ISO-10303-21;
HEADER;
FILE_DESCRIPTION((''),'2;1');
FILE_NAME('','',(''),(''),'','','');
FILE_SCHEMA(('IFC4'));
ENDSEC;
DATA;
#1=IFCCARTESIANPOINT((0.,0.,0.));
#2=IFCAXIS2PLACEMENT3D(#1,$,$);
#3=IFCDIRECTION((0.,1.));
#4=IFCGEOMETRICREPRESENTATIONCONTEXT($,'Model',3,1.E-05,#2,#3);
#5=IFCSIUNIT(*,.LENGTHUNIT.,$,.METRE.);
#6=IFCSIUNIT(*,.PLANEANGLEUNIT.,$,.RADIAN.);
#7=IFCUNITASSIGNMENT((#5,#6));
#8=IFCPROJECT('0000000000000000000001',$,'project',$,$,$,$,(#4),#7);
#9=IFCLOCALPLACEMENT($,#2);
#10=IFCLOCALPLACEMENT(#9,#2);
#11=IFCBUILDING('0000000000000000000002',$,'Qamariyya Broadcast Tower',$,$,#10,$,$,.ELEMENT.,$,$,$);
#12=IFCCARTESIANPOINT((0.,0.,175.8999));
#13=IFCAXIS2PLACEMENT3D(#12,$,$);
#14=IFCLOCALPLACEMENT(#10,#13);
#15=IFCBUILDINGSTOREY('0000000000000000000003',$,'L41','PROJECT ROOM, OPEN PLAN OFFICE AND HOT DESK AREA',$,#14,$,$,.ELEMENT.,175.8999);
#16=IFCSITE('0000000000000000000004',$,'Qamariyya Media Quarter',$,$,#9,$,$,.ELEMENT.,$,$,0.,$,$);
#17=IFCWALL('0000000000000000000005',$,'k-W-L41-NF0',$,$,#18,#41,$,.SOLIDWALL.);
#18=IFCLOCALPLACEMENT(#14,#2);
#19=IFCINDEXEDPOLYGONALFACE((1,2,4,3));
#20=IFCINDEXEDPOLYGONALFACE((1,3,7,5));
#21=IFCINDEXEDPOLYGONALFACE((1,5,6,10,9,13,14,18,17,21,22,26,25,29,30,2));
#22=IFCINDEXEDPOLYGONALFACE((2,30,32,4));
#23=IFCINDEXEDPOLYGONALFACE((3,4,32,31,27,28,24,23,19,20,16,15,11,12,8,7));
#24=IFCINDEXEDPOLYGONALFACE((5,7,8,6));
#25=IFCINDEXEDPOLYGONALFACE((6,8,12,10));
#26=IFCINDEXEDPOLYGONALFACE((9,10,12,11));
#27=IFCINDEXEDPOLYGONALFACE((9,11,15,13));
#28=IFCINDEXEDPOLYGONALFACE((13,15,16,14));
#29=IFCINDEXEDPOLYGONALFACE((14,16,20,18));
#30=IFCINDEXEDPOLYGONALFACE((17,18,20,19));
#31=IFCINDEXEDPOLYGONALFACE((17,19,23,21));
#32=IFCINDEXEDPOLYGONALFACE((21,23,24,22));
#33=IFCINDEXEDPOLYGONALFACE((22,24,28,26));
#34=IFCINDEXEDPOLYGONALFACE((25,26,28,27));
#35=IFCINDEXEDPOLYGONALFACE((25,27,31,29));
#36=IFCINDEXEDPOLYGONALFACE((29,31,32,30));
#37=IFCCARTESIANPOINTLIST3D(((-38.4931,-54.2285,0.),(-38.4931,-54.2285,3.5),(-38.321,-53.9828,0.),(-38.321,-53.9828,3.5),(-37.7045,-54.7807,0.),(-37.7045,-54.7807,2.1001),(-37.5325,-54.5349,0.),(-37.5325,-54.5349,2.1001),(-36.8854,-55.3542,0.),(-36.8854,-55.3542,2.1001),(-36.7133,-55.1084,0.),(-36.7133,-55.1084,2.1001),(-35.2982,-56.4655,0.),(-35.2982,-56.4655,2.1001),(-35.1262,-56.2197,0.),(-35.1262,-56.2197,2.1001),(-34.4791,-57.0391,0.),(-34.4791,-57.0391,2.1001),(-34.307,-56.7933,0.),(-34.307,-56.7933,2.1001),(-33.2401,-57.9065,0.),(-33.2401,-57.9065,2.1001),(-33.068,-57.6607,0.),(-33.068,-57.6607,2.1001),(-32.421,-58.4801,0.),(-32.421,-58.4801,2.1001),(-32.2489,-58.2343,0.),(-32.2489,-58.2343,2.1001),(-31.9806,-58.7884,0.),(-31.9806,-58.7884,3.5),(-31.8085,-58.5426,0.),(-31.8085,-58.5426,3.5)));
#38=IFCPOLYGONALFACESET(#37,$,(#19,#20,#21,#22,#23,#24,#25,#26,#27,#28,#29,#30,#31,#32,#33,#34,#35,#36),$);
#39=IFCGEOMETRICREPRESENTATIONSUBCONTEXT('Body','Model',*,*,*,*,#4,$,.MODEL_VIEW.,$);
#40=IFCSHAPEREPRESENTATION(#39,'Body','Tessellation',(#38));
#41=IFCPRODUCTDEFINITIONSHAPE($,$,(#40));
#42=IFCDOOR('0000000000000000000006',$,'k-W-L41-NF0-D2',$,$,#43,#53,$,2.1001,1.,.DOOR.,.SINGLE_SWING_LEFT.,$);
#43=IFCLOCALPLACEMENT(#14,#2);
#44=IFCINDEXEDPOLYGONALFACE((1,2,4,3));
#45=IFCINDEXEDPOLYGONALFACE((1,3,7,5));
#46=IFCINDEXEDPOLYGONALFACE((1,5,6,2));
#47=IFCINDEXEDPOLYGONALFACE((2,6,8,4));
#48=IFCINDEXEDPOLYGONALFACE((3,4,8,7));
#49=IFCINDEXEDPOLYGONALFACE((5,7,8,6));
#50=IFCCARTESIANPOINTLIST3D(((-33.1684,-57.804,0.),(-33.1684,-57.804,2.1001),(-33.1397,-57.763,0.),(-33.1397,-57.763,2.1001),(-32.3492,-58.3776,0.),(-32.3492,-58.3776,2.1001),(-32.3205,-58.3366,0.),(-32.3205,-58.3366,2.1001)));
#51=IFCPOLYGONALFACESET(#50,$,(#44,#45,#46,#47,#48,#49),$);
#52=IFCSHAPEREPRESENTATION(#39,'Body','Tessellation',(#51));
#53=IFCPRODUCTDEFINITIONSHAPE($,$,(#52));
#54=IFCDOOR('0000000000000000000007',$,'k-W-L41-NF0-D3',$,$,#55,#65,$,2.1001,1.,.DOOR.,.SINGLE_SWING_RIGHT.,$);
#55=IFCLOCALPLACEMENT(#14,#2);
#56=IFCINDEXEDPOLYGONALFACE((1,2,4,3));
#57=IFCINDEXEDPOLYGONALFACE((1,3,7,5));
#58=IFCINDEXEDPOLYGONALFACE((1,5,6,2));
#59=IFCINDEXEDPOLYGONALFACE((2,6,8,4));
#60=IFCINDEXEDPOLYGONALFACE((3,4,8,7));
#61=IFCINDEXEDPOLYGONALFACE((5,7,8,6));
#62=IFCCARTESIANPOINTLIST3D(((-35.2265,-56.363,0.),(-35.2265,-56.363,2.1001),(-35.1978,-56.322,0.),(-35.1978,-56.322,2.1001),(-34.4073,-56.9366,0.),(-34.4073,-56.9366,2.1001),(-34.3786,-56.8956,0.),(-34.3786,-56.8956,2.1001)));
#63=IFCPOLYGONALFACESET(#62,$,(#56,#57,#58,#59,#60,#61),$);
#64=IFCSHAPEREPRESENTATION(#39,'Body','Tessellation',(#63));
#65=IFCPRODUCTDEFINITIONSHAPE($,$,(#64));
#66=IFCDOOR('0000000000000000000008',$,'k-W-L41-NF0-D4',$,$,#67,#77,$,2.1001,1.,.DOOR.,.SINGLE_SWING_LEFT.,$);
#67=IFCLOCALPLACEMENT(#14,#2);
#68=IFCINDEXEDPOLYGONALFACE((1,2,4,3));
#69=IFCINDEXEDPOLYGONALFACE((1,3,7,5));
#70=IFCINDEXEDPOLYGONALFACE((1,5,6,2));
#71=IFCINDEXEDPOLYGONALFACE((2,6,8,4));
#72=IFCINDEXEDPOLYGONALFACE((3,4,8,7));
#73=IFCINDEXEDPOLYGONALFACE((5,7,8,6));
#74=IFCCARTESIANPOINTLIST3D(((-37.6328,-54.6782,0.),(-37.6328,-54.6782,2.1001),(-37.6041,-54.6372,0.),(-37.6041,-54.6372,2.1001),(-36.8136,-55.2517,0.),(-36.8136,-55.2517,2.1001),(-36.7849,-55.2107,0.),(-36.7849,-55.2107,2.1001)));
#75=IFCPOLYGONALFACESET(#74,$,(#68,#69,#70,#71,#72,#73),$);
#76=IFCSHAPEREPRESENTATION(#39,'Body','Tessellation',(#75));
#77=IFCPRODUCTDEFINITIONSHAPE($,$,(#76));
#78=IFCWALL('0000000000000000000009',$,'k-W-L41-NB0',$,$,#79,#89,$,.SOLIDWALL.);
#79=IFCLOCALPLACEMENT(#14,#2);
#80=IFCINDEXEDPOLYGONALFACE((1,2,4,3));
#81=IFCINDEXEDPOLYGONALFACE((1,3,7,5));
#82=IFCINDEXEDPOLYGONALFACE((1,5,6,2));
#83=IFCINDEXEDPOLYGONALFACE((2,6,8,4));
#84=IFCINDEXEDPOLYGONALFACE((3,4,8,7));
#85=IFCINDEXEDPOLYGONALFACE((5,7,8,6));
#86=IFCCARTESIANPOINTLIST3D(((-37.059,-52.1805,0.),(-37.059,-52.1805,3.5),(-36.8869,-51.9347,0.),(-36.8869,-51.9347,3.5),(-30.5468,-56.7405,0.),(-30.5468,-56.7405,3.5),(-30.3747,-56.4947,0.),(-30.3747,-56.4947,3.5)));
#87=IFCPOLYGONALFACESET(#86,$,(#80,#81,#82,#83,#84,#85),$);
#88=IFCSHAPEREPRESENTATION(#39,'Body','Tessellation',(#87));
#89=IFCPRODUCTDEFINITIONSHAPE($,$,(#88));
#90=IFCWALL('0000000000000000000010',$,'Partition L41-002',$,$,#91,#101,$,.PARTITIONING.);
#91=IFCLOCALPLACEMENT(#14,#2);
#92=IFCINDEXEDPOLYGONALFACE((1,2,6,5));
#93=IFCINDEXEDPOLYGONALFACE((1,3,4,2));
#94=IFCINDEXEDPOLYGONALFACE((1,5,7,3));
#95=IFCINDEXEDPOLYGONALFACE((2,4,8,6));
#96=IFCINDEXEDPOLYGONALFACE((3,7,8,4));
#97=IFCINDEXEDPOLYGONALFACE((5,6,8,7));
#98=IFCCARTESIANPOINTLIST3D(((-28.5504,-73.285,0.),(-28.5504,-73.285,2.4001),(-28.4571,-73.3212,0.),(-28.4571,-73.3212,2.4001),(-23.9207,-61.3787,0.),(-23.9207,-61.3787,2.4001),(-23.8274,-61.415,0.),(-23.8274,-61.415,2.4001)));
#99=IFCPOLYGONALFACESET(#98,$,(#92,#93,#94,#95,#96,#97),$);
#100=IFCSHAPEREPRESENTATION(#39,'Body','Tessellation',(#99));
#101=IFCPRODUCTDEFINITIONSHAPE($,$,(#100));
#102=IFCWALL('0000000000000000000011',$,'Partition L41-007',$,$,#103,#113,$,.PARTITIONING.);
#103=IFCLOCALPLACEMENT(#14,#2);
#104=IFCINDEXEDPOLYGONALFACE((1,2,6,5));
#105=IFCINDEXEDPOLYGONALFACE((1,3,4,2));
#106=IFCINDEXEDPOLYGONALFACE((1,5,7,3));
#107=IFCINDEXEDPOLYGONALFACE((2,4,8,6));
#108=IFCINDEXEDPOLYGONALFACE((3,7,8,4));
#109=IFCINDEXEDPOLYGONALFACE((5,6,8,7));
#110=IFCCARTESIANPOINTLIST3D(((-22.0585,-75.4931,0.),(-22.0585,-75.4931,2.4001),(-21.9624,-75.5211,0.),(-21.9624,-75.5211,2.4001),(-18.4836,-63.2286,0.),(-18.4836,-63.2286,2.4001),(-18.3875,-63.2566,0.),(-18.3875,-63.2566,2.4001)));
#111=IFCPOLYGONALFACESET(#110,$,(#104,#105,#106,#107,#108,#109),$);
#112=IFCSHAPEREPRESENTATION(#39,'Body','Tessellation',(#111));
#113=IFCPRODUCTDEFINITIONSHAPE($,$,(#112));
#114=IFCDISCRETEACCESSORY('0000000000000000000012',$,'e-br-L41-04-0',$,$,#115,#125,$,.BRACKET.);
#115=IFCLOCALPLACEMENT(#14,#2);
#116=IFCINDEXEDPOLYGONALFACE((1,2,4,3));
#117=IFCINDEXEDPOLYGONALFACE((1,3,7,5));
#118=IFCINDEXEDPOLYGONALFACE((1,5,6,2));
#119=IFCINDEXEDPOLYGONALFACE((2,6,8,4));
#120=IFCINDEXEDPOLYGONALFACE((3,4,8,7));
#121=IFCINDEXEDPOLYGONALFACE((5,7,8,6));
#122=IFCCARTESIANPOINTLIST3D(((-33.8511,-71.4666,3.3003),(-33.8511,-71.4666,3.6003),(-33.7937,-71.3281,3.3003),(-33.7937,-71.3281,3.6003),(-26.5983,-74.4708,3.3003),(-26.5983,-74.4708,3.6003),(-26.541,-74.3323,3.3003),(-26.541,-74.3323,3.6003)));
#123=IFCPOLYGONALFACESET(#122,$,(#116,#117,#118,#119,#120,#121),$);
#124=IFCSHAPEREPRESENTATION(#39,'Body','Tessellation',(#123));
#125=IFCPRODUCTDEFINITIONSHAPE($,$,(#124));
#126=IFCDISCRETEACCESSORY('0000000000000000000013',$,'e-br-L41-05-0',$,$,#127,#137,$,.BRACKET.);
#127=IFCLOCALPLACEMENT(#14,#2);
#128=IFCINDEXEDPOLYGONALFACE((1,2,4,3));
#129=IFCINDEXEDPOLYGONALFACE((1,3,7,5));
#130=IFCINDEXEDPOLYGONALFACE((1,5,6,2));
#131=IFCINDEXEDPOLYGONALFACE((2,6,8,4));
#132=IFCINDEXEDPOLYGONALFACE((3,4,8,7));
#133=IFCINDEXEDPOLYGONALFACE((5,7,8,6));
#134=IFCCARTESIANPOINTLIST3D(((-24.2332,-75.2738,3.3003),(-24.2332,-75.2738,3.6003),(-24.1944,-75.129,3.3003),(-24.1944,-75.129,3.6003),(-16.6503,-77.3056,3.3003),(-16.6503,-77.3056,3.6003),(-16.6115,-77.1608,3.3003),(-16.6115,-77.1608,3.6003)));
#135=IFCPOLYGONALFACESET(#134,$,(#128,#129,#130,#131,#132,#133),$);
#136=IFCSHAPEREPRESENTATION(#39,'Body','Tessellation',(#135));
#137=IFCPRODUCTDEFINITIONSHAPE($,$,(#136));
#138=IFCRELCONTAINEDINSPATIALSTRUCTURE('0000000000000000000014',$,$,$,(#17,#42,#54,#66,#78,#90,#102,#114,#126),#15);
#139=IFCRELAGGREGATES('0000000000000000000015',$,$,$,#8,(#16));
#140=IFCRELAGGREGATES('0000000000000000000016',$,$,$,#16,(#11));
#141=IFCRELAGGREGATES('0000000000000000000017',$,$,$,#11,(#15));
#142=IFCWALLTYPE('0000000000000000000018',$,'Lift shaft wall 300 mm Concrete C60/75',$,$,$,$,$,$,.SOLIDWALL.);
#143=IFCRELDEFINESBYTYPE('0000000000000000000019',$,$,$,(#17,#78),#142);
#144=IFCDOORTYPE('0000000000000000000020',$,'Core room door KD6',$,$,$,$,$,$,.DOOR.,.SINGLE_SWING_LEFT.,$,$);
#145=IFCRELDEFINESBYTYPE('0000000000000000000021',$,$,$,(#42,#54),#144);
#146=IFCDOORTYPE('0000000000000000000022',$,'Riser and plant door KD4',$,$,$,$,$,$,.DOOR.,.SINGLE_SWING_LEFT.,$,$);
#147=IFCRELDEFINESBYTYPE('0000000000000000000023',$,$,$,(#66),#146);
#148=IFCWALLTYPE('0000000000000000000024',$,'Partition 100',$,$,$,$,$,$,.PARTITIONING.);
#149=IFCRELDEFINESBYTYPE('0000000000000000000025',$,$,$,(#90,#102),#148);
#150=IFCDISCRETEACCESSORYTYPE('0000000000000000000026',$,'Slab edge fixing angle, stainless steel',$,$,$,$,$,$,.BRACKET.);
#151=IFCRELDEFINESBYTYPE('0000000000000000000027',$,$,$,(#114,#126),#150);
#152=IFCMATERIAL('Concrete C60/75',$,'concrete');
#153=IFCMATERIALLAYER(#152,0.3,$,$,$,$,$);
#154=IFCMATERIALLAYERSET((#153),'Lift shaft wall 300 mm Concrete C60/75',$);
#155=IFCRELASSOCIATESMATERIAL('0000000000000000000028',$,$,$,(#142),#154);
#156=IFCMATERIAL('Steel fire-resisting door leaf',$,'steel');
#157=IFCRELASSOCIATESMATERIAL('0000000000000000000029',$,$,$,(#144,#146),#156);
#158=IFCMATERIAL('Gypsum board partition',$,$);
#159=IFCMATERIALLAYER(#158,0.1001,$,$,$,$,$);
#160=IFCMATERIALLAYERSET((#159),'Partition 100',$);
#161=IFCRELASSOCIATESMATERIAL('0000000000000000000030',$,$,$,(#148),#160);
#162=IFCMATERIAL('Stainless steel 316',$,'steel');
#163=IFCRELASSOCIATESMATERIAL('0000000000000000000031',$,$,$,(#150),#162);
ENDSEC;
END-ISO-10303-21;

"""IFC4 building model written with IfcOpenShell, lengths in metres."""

from ifc_helpers import new_model, si_unit, direction, frame, frame_2d, origin, origin_2d, place, context, subcontext, project, spatial, rectangle, extrude, material, layer, layer_set, type_object, element, fill, save


model = new_model("IFC4")

# Units and contexts
model_context = context("Model", 3, precision=1e-05, world=origin(), true_north=direction((0.0, 1.0)))
body_context = subcontext(model_context, "Body", "Model", "MODEL_VIEW")
ifc_project = project(units=[si_unit("LENGTHUNIT", "METRE"), si_unit("PLANEANGLEUNIT", "RADIAN")], contexts=[model_context])

# Site, building, storey
site_placement = place(None, origin())
site = spatial("IfcSite", under=ifc_project, at=site_placement, Name="Qamariyya Media Quarter", CompositionType="ELEMENT", RefElevation=0.0)
building_placement = place(site_placement, origin())
building = spatial("IfcBuilding", under=site, at=building_placement, Name="Qamariyya Broadcast Tower", CompositionType="ELEMENT")
storey_placement = place(building_placement, frame((0.0, 0.0, 175.8999)))
storey = spatial("IfcBuildingStorey", under=building, at=storey_placement, Name="L41", Description="PROJECT ROOM, OPEN PLAN OFFICE AND HOT DESK AREA", CompositionType="ELEMENT", Elevation=175.8999)

# Shared definitions
ifc_material_1 = material(Name="Concrete C60/75", Category="concrete")

# Shared definitions
ifc_material_2 = material(Name="Gypsum board partition")

# Wall, openings, doors
ifc_layer_1 = layer(ifc_material_1, 0.3)
ifc_layer_set_1 = layer_set([ifc_layer_1], Name="Lift shaft wall 300 mm Concrete C60/75")
wall_type_1 = type_object("IfcWallType", Name="Lift shaft wall 300 mm Concrete C60/75", PredefinedType="SOLIDWALL", material=ifc_layer_set_1)
wall_1_placement = place(storey_placement, frame((-31.8945, -58.6655, 0.0), z_axis=(0.0, 0.0, 1.0), x_axis=(-0.819167, 0.573555, 0.0)))
wall_1 = element("IfcWall", 1, at=wall_1_placement, inside=storey, type_object=wall_type_1, Name="k-W-L41-NF0", PredefinedType="SOLIDWALL", context=body_context, shape_type="SweptSolid", body=[
    extrude(rectangle(XDim=7.9502, YDim=0.3, at=frame_2d((3.9751, 0.0))), origin(), (0.0, 0.0, 1.0), 3.5),
])
opening_1_placement = place(wall_1_placement, frame((0.5376, 0.0, 0.0)))
opening_1 = element("IfcOpeningElement", 2, at=opening_1_placement, cuts=wall_1, PredefinedType="OPENING", context=body_context, shape_type="SweptSolid", body=[
    extrude(rectangle(XDim=1.0, YDim=2.1001, at=frame_2d((0.5, 1.05))), frame((0.0, 0.1599, 0.0), z_axis=(0.0, -1.0, 0.0), x_axis=(1.0, 0.0, 0.0)), (0.0, 0.0, 1.0), 0.3201),
])
opening_2_placement = place(wall_1_placement, frame((3.05, 0.0, 0.0)))
opening_2 = element("IfcOpeningElement", 3, at=opening_2_placement, cuts=wall_1, PredefinedType="OPENING", context=body_context, shape_type="SweptSolid", body=[
    extrude(rectangle(XDim=1.0, YDim=2.1001, at=frame_2d((0.5, 1.05))), frame((0.0, 0.1599, 0.0), z_axis=(0.0, -1.0, 0.0), x_axis=(1.0, 0.0, 0.0)), (0.0, 0.0, 1.0), 0.3201),
])
opening_3_placement = place(wall_1_placement, frame((5.9875, 0.0, 0.0)))
opening_3 = element("IfcOpeningElement", 4, at=opening_3_placement, cuts=wall_1, PredefinedType="OPENING", context=body_context, shape_type="SweptSolid", body=[
    extrude(rectangle(XDim=1.0, YDim=2.1001, at=frame_2d((0.5, 1.05))), frame((0.0, 0.1599, 0.0), z_axis=(0.0, -1.0, 0.0), x_axis=(1.0, 0.0, 0.0)), (0.0, 0.0, 1.0), 0.3201),
])
ifc_material_3 = material(Name="Steel fire-resisting door leaf", Category="steel")
door_type_1 = type_object("IfcDoorType", Name="Core room door KD6", OperationType="SINGLE_SWING_LEFT", PredefinedType="DOOR", material=ifc_material_3)
door_1_placement = place(opening_1_placement, origin())
door_1 = element("IfcDoor", 5, at=door_1_placement, inside=storey, type_object=door_type_1, Name="k-W-L41-NF0-D2", OperationType="SINGLE_SWING_LEFT", OverallHeight=2.1001, OverallWidth=1.0, PredefinedType="DOOR", context=body_context, shape_type="SweptSolid", body=[
    extrude(rectangle(XDim=1.0, YDim=2.1001, at=frame_2d((0.5, 1.05))), frame((0.0, 0.0249, 0.0), z_axis=(0.0, -1.0, 0.0), x_axis=(1.0, 0.0, 0.0)), (0.0, 0.0, 1.0), 0.05),
])
fill(opening_1, door_1)
door_2_placement = place(opening_2_placement, origin())
door_2 = element("IfcDoor", 6, at=door_2_placement, inside=storey, type_object=door_type_1, Name="k-W-L41-NF0-D3", OperationType="SINGLE_SWING_RIGHT", OverallHeight=2.1001, OverallWidth=1.0, PredefinedType="DOOR", context=body_context, shape_type="SweptSolid", body=[
    extrude(rectangle(XDim=1.0, YDim=2.1001, at=frame_2d((0.5, 1.05))), frame((0.0, 0.0249, 0.0), z_axis=(0.0, -1.0, 0.0), x_axis=(1.0, 0.0, 0.0)), (0.0, 0.0, 1.0), 0.05),
])
fill(opening_2, door_2)
door_type_2 = type_object("IfcDoorType", Name="Riser and plant door KD4", OperationType="SINGLE_SWING_LEFT", PredefinedType="DOOR", material=ifc_material_3)
door_3_placement = place(opening_3_placement, origin())
door_3 = element("IfcDoor", 7, at=door_3_placement, inside=storey, type_object=door_type_2, Name="k-W-L41-NF0-D4", OperationType="SINGLE_SWING_LEFT", OverallHeight=2.1001, OverallWidth=1.0, PredefinedType="DOOR", context=body_context, shape_type="SweptSolid", body=[
    extrude(rectangle(XDim=1.0, YDim=2.1001, at=frame_2d((0.5, 1.05))), frame((0.0, 0.0249, 0.0), z_axis=(0.0, -1.0, 0.0), x_axis=(1.0, 0.0, 0.0)), (0.0, 0.0, 1.0), 0.05),
])
fill(opening_3, door_3)

# Walls
wall_2_placement = place(storey_placement, frame((-30.4607, -56.6177, 0.0), z_axis=(0.0, 0.0, 1.0), x_axis=(-0.819142, 0.57359, 0.0)))
element("IfcWall", 8, at=wall_2_placement, inside=storey, type_object=wall_type_1, Name="k-W-L41-NB0", PredefinedType="SOLIDWALL", context=body_context, shape_type="SweptSolid", body=[
    extrude(rectangle(XDim=7.95, YDim=0.3, at=frame_2d((3.9751, 0.0))), origin(), (0.0, 0.0, 1.0), 3.5),
])
ifc_layer_2 = layer(ifc_material_2, 0.1001)
ifc_layer_set_2 = layer_set([ifc_layer_2], Name="Partition 100")
wall_type_2 = type_object("IfcWallType", Name="Partition 100", PredefinedType="PARTITIONING", material=ifc_layer_set_2)
wall_3_placement = place(storey_placement, frame((-28.5037, -73.303, 0.0), z_axis=(0.0, 0.0, 1.0), x_axis=(0.362408, 0.93202, 0.0)))
element("IfcWall", 9, at=wall_3_placement, inside=storey, type_object=wall_type_2, Name="Partition L41-002", PredefinedType="PARTITIONING", context=body_context, shape_type="SweptSolid", body=[
    extrude(rectangle(XDim=12.7747, YDim=0.1001, at=frame_2d((6.3872, 0.0))), origin(), (0.0, 0.0, 1.0), 2.4001),
])
wall_4_placement = place(storey_placement, frame((-22.0105, -75.5071, 0.0), z_axis=(0.0, 0.0, 1.0), x_axis=(0.279844, 0.960046, 0.0)))
element("IfcWall", 10, at=wall_4_placement, inside=storey, type_object=wall_type_2, Name="Partition L41-007", PredefinedType="PARTITIONING", context=body_context, shape_type="SweptSolid", body=[
    extrude(rectangle(XDim=12.7749, YDim=0.1001, at=frame_2d((6.3875, 0.0))), origin(), (0.0, 0.0, 1.0), 2.4001),
])

# Discrete accessories
ifc_material_4 = material(Name="Stainless steel 316", Category="steel")
discrete_accessory_type = type_object("IfcDiscreteAccessoryType", Name="Slab edge fixing angle, stainless steel", PredefinedType="BRACKET", material=ifc_material_4)
for number, where, z_axis, x_axis, name in (
    (11, (-30.196, -72.8994, 3.3003), (0.0, 0.0, 1.0), (0.92388, -0.382683, 0.0), "e-br-L41-04-0"),
    (12, (-20.4224, -76.2173, 3.3003), (0.0, 0.0, 1.0), (0.965926, -0.258819, 0.0), "e-br-L41-05-0"),
):
    element("IfcDiscreteAccessory", number, at=place(storey_placement, frame(where, z_axis=z_axis, x_axis=x_axis)), inside=storey, type_object=discrete_accessory_type, Name=name, PredefinedType="BRACKET", context=body_context, shape_type="SweptSolid", body=[
        extrude(rectangle(XDim=7.8503, YDim=0.1499, at=origin_2d()), origin(), (0.0, 0.0, 1.0), 0.3),
    ])

save(model, "model.ifc")
